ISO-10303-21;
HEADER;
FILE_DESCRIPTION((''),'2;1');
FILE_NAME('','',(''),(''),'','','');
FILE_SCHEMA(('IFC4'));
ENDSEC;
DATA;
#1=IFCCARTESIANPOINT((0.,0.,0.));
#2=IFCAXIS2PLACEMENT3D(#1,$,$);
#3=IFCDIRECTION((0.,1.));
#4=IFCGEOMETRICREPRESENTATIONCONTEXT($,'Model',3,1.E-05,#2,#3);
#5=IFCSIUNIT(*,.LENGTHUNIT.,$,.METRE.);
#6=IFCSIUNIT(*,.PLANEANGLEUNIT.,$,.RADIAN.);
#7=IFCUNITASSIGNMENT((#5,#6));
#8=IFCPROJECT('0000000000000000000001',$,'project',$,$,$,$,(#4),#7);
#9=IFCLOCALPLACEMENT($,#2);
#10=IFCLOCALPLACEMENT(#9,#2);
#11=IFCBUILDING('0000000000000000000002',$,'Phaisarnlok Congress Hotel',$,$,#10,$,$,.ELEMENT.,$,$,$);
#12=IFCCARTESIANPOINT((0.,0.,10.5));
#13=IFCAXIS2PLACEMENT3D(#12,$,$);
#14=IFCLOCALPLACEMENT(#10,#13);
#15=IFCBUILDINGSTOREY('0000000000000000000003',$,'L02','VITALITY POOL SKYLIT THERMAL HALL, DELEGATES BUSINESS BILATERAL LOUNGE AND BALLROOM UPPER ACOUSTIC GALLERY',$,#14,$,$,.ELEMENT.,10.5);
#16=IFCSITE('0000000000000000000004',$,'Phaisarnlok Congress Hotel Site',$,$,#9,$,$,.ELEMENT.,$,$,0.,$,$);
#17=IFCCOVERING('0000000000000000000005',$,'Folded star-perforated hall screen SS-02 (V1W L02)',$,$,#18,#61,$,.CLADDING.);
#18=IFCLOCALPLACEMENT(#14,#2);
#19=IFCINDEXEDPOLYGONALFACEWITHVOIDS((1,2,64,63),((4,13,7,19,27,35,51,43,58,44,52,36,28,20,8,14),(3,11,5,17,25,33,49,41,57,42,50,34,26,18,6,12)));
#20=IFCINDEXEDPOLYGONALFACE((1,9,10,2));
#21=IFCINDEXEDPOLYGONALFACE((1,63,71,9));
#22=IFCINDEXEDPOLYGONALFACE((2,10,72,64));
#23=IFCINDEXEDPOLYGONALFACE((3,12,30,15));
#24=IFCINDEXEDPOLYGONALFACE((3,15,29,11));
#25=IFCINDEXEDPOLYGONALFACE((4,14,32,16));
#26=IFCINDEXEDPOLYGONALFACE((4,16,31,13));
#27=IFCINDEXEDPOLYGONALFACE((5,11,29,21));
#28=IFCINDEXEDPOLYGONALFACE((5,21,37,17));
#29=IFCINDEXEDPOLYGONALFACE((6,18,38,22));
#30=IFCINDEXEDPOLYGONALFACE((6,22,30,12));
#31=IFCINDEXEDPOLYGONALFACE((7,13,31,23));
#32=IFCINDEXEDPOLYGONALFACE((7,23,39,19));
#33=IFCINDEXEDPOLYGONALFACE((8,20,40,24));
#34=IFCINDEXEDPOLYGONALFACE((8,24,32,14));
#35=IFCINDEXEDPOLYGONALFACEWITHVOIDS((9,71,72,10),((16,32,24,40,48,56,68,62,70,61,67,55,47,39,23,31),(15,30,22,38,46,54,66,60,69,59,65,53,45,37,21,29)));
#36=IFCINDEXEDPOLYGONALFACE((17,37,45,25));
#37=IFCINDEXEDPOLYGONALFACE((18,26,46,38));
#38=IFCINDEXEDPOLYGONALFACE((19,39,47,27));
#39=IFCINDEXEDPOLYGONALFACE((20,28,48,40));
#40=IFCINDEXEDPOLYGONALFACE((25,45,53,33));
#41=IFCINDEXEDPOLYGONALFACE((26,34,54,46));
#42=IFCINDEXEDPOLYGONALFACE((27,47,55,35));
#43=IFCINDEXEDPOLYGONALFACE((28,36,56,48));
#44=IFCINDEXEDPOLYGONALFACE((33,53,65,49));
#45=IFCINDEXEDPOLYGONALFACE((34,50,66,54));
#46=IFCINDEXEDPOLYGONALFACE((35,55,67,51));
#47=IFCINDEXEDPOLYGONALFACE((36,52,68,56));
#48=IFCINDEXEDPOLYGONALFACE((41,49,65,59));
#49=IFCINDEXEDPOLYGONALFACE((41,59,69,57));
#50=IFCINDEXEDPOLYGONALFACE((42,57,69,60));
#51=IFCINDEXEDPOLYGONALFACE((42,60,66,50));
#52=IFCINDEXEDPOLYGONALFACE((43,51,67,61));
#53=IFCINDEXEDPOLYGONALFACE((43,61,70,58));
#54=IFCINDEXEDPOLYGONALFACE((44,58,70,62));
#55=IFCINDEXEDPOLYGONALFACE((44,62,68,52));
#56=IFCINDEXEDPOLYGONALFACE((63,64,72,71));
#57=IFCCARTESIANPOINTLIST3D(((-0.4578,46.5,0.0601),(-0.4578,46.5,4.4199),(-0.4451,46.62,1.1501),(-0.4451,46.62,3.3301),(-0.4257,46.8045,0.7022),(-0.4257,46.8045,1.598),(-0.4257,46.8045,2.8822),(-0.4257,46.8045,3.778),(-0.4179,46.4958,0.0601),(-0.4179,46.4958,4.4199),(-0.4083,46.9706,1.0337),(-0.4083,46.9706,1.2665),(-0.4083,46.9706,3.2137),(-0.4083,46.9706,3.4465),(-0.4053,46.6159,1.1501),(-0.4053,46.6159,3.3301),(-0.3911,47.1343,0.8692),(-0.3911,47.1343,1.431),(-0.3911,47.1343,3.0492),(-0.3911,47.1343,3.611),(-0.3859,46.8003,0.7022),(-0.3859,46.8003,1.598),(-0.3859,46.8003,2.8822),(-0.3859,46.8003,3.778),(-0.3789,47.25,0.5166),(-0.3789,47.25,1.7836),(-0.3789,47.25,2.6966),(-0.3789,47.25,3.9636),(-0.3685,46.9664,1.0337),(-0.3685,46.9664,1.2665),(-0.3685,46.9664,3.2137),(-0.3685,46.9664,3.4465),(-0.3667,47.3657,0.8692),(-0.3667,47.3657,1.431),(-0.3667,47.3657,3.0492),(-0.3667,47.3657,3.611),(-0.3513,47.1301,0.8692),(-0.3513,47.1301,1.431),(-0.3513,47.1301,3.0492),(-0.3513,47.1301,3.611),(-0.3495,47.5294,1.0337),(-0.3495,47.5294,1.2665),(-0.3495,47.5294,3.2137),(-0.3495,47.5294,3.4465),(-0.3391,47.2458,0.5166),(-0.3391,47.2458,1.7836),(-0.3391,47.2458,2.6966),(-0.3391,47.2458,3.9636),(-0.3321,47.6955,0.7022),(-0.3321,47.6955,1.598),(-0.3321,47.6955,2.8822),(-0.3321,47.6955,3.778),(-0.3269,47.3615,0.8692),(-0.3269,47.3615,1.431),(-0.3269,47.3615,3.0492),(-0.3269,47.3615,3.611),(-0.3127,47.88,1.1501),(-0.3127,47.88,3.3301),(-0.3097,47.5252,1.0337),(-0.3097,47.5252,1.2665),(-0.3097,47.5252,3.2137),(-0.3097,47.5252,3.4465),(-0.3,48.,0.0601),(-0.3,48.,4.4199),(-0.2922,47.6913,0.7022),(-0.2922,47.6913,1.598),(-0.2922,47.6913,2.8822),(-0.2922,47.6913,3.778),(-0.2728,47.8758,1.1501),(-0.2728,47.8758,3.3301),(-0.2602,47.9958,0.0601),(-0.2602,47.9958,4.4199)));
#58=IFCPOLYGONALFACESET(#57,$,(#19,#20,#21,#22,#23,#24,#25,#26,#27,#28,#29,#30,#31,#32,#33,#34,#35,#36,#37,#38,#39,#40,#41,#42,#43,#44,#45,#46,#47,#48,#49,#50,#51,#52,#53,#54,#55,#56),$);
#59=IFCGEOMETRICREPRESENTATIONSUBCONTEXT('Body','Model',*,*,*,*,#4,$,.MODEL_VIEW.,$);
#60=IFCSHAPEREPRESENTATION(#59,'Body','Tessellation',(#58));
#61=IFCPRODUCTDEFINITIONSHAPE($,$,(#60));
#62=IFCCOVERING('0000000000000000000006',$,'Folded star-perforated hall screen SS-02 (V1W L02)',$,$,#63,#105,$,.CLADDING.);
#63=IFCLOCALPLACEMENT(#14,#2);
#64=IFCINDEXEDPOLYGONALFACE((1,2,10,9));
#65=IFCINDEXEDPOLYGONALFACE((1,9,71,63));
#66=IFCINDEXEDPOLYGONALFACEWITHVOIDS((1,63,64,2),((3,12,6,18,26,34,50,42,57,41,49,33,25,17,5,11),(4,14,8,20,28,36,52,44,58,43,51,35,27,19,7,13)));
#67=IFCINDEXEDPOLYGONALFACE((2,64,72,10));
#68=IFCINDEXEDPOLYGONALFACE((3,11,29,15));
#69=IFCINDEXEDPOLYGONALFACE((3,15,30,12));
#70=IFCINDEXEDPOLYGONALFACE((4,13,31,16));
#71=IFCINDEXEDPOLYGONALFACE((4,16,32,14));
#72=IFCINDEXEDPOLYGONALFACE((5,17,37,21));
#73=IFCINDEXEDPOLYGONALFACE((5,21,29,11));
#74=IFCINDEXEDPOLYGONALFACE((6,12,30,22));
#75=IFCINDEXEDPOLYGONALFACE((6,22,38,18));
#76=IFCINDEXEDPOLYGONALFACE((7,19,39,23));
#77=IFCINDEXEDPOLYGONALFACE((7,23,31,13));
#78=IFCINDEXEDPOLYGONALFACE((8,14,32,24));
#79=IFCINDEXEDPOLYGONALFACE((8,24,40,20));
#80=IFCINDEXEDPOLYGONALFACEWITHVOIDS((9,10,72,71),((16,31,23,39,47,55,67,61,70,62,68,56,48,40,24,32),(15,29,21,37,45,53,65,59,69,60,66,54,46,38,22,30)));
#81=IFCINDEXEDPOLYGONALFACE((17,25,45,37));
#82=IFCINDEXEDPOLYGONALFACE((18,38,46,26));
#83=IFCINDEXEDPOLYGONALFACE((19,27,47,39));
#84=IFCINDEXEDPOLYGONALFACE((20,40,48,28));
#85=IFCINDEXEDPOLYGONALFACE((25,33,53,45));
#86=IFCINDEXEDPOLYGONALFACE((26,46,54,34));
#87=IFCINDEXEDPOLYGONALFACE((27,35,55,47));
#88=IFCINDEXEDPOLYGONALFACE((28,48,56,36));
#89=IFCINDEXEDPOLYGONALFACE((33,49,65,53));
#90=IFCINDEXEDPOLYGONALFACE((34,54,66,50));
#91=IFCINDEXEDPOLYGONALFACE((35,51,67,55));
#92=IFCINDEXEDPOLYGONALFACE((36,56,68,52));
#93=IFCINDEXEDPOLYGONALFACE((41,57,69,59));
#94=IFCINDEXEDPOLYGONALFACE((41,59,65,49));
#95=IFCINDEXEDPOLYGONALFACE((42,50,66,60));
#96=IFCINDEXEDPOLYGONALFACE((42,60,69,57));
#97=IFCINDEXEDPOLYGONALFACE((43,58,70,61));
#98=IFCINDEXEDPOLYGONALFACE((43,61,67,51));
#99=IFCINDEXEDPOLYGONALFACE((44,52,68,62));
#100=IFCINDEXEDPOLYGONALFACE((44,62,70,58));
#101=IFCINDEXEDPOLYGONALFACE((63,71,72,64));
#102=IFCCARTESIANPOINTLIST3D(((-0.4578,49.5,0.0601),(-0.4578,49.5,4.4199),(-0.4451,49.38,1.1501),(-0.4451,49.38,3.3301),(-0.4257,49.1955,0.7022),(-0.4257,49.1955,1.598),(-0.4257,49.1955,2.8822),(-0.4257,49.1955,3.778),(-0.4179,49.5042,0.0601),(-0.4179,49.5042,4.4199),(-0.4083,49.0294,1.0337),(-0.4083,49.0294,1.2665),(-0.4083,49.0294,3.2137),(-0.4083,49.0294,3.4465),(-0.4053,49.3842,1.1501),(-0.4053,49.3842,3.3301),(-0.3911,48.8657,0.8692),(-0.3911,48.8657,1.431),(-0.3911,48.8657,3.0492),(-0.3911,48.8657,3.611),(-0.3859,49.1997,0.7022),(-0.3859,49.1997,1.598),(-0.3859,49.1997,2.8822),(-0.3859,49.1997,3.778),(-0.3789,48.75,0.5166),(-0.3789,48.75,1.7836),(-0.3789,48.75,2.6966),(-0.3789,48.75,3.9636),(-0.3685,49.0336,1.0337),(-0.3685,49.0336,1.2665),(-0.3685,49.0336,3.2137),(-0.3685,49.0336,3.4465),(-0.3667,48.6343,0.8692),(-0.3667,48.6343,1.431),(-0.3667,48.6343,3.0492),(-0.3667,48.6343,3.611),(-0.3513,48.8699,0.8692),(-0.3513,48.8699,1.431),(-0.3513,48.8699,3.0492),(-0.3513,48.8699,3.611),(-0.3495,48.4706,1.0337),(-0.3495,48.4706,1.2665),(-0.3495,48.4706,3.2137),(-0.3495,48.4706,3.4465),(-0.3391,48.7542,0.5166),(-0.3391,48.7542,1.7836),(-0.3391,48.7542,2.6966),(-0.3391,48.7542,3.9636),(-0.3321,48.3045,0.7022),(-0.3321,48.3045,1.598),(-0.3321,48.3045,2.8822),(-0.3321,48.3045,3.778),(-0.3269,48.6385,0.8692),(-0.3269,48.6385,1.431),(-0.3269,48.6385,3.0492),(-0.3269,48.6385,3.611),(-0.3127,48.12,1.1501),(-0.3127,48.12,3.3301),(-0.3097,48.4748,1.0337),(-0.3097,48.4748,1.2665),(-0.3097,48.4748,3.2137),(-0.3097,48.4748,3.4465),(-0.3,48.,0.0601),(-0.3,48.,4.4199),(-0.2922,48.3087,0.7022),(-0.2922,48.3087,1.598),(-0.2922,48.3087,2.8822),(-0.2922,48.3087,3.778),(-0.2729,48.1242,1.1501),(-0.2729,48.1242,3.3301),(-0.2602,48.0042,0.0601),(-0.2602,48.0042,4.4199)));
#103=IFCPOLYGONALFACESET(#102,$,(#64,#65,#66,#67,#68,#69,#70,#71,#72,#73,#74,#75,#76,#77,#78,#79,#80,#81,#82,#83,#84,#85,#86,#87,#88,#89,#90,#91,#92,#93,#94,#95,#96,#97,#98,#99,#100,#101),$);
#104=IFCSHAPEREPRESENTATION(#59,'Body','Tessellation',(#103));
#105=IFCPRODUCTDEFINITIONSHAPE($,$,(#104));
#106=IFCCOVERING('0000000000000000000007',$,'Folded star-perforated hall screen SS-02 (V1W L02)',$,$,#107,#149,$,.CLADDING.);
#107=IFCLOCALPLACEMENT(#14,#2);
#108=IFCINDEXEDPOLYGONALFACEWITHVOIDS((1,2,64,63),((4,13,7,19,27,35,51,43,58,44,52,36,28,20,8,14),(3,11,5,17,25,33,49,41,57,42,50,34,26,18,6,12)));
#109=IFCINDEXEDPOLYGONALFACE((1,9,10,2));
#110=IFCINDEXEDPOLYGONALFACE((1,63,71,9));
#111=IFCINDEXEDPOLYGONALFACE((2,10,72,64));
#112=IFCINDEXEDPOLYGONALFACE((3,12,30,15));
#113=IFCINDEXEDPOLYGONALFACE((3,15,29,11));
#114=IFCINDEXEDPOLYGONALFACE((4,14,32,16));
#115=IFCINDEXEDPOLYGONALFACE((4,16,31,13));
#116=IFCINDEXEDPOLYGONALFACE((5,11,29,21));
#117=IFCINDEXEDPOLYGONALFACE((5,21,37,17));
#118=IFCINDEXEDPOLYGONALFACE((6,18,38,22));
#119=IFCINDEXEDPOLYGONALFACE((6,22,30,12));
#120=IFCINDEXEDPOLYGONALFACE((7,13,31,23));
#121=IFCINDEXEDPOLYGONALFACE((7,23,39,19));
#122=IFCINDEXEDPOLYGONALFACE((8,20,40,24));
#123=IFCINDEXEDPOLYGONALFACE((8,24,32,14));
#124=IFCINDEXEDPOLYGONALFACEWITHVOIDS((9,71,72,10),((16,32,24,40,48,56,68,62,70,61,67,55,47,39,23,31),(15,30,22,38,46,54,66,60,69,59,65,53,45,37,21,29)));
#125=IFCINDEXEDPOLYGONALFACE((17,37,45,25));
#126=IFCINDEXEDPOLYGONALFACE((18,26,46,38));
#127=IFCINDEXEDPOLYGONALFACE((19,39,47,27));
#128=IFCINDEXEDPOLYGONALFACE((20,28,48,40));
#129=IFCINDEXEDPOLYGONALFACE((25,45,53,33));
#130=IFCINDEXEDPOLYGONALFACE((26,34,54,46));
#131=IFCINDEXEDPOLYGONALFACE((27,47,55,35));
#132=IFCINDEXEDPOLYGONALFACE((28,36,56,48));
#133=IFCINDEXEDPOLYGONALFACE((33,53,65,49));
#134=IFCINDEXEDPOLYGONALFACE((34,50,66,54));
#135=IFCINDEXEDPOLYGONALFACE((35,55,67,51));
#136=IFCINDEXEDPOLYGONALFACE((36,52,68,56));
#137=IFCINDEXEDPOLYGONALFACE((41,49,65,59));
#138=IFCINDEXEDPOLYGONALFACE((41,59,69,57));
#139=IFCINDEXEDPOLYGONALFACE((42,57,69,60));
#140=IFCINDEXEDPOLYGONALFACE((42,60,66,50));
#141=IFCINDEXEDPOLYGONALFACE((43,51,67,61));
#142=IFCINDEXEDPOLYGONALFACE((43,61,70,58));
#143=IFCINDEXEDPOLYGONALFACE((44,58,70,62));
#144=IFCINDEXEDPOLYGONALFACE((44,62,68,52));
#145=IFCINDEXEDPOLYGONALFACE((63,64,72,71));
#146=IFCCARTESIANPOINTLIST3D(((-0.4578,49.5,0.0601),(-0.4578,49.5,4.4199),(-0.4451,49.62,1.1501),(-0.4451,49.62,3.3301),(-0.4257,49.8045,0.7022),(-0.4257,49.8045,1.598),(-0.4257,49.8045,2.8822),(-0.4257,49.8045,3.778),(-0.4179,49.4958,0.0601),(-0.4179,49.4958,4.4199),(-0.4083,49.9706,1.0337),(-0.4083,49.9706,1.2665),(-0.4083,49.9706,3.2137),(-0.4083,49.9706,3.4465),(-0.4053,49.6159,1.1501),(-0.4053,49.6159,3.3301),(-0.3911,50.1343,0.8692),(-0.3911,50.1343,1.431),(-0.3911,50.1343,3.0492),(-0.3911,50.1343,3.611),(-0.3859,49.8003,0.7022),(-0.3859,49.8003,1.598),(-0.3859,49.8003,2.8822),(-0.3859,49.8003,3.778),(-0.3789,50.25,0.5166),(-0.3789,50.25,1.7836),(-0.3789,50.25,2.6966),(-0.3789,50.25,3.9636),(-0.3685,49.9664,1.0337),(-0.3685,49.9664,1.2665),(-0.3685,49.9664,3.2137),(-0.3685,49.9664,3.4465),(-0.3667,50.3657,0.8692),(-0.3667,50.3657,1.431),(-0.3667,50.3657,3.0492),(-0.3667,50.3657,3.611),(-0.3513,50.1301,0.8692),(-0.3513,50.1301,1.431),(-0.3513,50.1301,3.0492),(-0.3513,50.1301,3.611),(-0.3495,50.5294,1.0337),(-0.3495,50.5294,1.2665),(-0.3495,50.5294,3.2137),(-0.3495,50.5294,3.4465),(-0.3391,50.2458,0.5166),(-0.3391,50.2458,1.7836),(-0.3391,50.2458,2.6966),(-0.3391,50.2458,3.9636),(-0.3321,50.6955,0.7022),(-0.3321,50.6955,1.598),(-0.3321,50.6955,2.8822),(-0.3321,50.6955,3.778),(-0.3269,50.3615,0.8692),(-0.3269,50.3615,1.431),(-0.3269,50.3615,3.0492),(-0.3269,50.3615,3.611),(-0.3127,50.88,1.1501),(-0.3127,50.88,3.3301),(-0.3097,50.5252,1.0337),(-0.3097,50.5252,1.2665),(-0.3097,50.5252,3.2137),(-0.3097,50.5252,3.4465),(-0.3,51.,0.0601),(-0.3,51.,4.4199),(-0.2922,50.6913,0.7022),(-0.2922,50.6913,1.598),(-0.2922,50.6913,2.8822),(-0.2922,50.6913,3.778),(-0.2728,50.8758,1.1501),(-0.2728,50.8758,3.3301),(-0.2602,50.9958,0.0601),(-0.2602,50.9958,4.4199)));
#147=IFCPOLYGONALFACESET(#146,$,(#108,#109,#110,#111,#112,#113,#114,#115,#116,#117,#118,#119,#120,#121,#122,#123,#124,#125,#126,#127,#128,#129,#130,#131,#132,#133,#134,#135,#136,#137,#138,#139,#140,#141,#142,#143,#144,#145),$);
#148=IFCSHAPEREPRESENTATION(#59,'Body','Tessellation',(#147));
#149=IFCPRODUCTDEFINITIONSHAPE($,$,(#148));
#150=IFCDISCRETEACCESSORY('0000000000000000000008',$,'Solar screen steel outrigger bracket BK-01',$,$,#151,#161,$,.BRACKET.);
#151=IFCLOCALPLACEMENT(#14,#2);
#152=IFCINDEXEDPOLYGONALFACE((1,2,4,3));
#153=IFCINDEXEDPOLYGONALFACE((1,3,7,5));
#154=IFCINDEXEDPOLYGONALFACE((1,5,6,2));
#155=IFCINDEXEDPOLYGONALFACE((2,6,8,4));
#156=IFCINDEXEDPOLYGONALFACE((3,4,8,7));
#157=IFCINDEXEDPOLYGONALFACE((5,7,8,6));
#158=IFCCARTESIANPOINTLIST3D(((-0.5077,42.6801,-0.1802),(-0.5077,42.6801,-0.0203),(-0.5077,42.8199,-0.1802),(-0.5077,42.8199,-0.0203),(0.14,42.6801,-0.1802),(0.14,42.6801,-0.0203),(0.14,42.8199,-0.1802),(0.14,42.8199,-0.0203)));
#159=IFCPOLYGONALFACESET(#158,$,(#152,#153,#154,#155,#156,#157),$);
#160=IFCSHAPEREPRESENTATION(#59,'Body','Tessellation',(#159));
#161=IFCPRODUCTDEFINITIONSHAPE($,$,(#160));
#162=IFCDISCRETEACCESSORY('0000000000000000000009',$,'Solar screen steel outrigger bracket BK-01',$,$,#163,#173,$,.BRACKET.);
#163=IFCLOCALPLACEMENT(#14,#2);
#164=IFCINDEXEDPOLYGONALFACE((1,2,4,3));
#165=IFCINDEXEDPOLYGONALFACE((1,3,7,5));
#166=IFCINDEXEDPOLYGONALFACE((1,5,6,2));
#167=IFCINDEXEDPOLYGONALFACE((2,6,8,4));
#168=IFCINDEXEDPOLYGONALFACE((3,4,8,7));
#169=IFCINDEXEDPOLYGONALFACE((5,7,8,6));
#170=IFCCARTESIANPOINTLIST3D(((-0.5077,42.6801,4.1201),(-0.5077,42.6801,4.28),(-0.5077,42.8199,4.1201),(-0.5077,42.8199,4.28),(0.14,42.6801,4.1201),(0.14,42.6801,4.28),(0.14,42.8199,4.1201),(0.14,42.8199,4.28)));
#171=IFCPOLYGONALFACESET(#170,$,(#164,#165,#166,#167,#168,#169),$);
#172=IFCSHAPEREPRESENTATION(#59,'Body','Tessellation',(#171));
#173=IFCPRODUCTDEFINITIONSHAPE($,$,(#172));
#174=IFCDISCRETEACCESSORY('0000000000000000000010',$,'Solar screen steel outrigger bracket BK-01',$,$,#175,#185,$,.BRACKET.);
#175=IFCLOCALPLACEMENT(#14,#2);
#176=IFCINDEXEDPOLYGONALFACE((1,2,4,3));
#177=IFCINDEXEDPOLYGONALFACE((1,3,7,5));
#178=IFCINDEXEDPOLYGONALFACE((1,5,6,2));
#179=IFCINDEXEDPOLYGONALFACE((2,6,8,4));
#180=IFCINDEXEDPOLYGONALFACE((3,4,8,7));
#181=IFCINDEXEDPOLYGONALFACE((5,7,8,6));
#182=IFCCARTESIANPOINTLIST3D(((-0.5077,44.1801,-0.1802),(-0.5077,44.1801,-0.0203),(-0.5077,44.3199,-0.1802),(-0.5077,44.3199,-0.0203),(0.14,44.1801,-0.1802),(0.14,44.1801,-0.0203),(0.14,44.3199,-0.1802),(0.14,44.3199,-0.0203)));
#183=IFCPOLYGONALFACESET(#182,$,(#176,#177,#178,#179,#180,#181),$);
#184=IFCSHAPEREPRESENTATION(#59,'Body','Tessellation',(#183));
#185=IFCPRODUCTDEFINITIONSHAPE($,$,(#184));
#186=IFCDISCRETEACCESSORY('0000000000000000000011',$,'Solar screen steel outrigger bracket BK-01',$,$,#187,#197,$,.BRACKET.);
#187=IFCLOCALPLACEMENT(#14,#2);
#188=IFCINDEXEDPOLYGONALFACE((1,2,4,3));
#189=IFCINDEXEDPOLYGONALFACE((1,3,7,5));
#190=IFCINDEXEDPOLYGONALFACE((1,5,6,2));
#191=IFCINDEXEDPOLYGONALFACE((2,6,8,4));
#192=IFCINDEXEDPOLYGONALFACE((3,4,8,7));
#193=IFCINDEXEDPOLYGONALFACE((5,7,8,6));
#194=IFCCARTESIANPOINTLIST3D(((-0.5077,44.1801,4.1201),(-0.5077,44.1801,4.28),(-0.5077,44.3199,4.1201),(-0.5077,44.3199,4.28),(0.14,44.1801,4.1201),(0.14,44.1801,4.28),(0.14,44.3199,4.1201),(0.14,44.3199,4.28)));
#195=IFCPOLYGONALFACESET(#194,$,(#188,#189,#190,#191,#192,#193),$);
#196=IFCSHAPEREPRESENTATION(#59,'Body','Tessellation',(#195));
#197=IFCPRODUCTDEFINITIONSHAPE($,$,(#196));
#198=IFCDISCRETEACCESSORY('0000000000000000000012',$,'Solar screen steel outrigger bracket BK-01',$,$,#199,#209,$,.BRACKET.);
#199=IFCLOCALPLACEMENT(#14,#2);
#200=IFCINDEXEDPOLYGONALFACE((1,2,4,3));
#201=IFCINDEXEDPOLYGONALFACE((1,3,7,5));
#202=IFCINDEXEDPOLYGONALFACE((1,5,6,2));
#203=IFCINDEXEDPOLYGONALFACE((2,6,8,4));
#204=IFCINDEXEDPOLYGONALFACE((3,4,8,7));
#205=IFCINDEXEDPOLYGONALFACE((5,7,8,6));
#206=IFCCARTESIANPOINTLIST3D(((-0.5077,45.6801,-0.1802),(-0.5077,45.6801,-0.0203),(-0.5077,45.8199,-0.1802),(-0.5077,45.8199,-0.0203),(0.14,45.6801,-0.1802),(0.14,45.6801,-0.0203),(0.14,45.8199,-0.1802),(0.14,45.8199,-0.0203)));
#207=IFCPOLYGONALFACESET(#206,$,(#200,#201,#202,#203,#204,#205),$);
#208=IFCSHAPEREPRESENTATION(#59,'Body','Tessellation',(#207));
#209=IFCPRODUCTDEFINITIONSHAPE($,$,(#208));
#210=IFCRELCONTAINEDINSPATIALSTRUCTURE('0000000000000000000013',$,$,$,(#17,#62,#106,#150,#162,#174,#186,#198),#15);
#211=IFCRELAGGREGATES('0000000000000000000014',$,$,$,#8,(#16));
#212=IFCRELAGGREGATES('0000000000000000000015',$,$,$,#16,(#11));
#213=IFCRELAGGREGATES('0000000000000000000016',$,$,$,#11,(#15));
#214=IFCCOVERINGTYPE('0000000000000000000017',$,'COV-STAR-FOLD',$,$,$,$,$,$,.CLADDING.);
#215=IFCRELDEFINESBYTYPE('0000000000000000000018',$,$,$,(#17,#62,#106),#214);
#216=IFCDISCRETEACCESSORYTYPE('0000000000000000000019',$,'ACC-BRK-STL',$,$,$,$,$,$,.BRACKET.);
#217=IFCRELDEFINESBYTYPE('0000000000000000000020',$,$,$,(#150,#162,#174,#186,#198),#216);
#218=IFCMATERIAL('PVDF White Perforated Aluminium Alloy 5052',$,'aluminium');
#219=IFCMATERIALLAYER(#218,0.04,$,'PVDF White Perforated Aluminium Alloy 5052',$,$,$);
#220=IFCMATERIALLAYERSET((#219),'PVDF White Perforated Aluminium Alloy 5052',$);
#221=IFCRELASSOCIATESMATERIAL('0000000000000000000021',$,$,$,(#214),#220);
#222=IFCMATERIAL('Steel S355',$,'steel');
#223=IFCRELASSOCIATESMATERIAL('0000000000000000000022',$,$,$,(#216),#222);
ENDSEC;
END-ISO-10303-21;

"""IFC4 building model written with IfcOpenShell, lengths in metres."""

from ifc_helpers import new_model, si_unit, direction, frame, origin, origin_2d, place, context, subcontext, project, spatial, polyline, rectangle, outline, extrude, material, layer, layer_set, type_object, element, save


model = new_model("IFC4")

# Units and contexts
model_context = context("Model", 3, precision=1e-05, world=origin(), true_north=direction((0.0, 1.0)))
body_context = subcontext(model_context, "Body", "Model", "MODEL_VIEW")
ifc_project = project(units=[si_unit("LENGTHUNIT", "METRE"), si_unit("PLANEANGLEUNIT", "RADIAN")], contexts=[model_context])

# Site, building, storey
site_placement = place(None, origin())
site = spatial("IfcSite", under=ifc_project, at=site_placement, Name="Phaisarnlok Congress Hotel Site", CompositionType="ELEMENT", RefElevation=0.0)
building_placement = place(site_placement, origin())
building = spatial("IfcBuilding", under=site, at=building_placement, Name="Phaisarnlok Congress Hotel", CompositionType="ELEMENT")
storey_placement = place(building_placement, frame((0.0, 0.0, 10.5)))
storey = spatial("IfcBuildingStorey", under=building, at=storey_placement, Name="L02", Description="VITALITY POOL SKYLIT THERMAL HALL, DELEGATES BUSINESS BILATERAL LOUNGE AND BALLROOM UPPER ACOUSTIC GALLERY", CompositionType="ELEMENT", Elevation=10.5)

# Coverings
ifc_material_1 = material(Name="PVDF White Perforated Aluminium Alloy 5052", Category="aluminium")
ifc_layer = layer(ifc_material_1, 0.04, Name="PVDF White Perforated Aluminium Alloy 5052")
ifc_layer_set = layer_set([ifc_layer], Name="PVDF White Perforated Aluminium Alloy 5052")
covering_type = type_object("IfcCoveringType", Name="COV-STAR-FOLD", PredefinedType="CLADDING", material=ifc_layer_set)
for number, where, z_axis, x_axis, name in (
    (1, (-0.4578, 46.5, 0.0601), (0.994518, -0.104567, 0.0), (0.104567, 0.994518, 0.0), "Folded star-perforated hall screen SS-02 (V1W L02)"),
    (2, (-0.3, 48.0, 0.0601), (0.994518, 0.104567, 0.0), (-0.104567, 0.994518, 0.0), "Folded star-perforated hall screen SS-02 (V1W L02)"),
    (3, (-0.4578, 49.5, 0.0601), (0.994518, -0.104567, 0.0), (0.104567, 0.994518, 0.0), "Folded star-perforated hall screen SS-02 (V1W L02)"),
):
    element("IfcCovering", number, at=place(storey_placement, frame(where, z_axis=z_axis, x_axis=x_axis)), inside=storey, type_object=covering_type, Name=name, PredefinedType="CLADDING", context=body_context, shape_type="SweptSolid", body=[
        extrude(outline(polyline([(0.0, 0.0), (1.5083, 0.0), (1.5083, 4.3599), (0.0, 4.3599), (0.0, 0.0)]), holes=[polyline([(1.0351, 0.9736), (1.2021, 0.6421), (0.8705, 0.8091), (0.7541, 0.4565), (0.6378, 0.8091), (0.3062, 0.6421), (0.4732, 0.9736), (0.1207, 1.09), (0.4732, 1.2064), (0.3062, 1.5379), (0.6378, 1.3709), (0.7541, 1.7235), (0.8705, 1.3709), (1.2021, 1.5379), (1.0351, 1.2064), (1.3876, 1.09), (1.0351, 0.9736)]), polyline([(1.0351, 3.1536), (1.2021, 2.8221), (0.8705, 2.9891), (0.7541, 2.6365), (0.6378, 2.9891), (0.3062, 2.8221), (0.4732, 3.1536), (0.1207, 3.27), (0.4732, 3.3864), (0.3062, 3.7179), (0.6378, 3.5509), (0.7541, 3.9035), (0.8705, 3.5509), (1.2021, 3.7179), (1.0351, 3.3864), (1.3876, 3.27), (1.0351, 3.1536)])]), origin(), (0.0, 0.0, 1.0), 0.04),
    ])

# Discrete accessories
ifc_material_2 = material(Name="Steel S355", Category="steel")
discrete_accessory_type = type_object("IfcDiscreteAccessoryType", Name="ACC-BRK-STL", PredefinedType="BRACKET", material=ifc_material_2)
for number, where, z_axis, x_axis, name in (
    (4, (-0.1838, 42.75, -0.1802), (0.0, 0.0, 1.0), (1.0, 0.0, 0.0), "Solar screen steel outrigger bracket BK-01"),
    (5, (-0.1838, 42.75, 4.1201), (0.0, 0.0, 1.0), (1.0, 0.0, 0.0), "Solar screen steel outrigger bracket BK-01"),
    (6, (-0.1838, 44.25, -0.1802), (0.0, 0.0, 1.0), (1.0, 0.0, 0.0), "Solar screen steel outrigger bracket BK-01"),
    (7, (-0.1838, 44.25, 4.1201), (0.0, 0.0, 1.0), (1.0, 0.0, 0.0), "Solar screen steel outrigger bracket BK-01"),
    (8, (-0.1838, 45.75, -0.1802), (0.0, 0.0, 1.0), (1.0, 0.0, 0.0), "Solar screen steel outrigger bracket BK-01"),
):
    element("IfcDiscreteAccessory", number, at=place(storey_placement, frame(where, z_axis=z_axis, x_axis=x_axis)), inside=storey, type_object=discrete_accessory_type, Name=name, PredefinedType="BRACKET", context=body_context, shape_type="SweptSolid", body=[
        extrude(rectangle(XDim=0.6477, YDim=0.1399, at=origin_2d()), origin(), (0.0, 0.0, 1.0), 0.1599),
    ])

save(model, "model.ifc")
